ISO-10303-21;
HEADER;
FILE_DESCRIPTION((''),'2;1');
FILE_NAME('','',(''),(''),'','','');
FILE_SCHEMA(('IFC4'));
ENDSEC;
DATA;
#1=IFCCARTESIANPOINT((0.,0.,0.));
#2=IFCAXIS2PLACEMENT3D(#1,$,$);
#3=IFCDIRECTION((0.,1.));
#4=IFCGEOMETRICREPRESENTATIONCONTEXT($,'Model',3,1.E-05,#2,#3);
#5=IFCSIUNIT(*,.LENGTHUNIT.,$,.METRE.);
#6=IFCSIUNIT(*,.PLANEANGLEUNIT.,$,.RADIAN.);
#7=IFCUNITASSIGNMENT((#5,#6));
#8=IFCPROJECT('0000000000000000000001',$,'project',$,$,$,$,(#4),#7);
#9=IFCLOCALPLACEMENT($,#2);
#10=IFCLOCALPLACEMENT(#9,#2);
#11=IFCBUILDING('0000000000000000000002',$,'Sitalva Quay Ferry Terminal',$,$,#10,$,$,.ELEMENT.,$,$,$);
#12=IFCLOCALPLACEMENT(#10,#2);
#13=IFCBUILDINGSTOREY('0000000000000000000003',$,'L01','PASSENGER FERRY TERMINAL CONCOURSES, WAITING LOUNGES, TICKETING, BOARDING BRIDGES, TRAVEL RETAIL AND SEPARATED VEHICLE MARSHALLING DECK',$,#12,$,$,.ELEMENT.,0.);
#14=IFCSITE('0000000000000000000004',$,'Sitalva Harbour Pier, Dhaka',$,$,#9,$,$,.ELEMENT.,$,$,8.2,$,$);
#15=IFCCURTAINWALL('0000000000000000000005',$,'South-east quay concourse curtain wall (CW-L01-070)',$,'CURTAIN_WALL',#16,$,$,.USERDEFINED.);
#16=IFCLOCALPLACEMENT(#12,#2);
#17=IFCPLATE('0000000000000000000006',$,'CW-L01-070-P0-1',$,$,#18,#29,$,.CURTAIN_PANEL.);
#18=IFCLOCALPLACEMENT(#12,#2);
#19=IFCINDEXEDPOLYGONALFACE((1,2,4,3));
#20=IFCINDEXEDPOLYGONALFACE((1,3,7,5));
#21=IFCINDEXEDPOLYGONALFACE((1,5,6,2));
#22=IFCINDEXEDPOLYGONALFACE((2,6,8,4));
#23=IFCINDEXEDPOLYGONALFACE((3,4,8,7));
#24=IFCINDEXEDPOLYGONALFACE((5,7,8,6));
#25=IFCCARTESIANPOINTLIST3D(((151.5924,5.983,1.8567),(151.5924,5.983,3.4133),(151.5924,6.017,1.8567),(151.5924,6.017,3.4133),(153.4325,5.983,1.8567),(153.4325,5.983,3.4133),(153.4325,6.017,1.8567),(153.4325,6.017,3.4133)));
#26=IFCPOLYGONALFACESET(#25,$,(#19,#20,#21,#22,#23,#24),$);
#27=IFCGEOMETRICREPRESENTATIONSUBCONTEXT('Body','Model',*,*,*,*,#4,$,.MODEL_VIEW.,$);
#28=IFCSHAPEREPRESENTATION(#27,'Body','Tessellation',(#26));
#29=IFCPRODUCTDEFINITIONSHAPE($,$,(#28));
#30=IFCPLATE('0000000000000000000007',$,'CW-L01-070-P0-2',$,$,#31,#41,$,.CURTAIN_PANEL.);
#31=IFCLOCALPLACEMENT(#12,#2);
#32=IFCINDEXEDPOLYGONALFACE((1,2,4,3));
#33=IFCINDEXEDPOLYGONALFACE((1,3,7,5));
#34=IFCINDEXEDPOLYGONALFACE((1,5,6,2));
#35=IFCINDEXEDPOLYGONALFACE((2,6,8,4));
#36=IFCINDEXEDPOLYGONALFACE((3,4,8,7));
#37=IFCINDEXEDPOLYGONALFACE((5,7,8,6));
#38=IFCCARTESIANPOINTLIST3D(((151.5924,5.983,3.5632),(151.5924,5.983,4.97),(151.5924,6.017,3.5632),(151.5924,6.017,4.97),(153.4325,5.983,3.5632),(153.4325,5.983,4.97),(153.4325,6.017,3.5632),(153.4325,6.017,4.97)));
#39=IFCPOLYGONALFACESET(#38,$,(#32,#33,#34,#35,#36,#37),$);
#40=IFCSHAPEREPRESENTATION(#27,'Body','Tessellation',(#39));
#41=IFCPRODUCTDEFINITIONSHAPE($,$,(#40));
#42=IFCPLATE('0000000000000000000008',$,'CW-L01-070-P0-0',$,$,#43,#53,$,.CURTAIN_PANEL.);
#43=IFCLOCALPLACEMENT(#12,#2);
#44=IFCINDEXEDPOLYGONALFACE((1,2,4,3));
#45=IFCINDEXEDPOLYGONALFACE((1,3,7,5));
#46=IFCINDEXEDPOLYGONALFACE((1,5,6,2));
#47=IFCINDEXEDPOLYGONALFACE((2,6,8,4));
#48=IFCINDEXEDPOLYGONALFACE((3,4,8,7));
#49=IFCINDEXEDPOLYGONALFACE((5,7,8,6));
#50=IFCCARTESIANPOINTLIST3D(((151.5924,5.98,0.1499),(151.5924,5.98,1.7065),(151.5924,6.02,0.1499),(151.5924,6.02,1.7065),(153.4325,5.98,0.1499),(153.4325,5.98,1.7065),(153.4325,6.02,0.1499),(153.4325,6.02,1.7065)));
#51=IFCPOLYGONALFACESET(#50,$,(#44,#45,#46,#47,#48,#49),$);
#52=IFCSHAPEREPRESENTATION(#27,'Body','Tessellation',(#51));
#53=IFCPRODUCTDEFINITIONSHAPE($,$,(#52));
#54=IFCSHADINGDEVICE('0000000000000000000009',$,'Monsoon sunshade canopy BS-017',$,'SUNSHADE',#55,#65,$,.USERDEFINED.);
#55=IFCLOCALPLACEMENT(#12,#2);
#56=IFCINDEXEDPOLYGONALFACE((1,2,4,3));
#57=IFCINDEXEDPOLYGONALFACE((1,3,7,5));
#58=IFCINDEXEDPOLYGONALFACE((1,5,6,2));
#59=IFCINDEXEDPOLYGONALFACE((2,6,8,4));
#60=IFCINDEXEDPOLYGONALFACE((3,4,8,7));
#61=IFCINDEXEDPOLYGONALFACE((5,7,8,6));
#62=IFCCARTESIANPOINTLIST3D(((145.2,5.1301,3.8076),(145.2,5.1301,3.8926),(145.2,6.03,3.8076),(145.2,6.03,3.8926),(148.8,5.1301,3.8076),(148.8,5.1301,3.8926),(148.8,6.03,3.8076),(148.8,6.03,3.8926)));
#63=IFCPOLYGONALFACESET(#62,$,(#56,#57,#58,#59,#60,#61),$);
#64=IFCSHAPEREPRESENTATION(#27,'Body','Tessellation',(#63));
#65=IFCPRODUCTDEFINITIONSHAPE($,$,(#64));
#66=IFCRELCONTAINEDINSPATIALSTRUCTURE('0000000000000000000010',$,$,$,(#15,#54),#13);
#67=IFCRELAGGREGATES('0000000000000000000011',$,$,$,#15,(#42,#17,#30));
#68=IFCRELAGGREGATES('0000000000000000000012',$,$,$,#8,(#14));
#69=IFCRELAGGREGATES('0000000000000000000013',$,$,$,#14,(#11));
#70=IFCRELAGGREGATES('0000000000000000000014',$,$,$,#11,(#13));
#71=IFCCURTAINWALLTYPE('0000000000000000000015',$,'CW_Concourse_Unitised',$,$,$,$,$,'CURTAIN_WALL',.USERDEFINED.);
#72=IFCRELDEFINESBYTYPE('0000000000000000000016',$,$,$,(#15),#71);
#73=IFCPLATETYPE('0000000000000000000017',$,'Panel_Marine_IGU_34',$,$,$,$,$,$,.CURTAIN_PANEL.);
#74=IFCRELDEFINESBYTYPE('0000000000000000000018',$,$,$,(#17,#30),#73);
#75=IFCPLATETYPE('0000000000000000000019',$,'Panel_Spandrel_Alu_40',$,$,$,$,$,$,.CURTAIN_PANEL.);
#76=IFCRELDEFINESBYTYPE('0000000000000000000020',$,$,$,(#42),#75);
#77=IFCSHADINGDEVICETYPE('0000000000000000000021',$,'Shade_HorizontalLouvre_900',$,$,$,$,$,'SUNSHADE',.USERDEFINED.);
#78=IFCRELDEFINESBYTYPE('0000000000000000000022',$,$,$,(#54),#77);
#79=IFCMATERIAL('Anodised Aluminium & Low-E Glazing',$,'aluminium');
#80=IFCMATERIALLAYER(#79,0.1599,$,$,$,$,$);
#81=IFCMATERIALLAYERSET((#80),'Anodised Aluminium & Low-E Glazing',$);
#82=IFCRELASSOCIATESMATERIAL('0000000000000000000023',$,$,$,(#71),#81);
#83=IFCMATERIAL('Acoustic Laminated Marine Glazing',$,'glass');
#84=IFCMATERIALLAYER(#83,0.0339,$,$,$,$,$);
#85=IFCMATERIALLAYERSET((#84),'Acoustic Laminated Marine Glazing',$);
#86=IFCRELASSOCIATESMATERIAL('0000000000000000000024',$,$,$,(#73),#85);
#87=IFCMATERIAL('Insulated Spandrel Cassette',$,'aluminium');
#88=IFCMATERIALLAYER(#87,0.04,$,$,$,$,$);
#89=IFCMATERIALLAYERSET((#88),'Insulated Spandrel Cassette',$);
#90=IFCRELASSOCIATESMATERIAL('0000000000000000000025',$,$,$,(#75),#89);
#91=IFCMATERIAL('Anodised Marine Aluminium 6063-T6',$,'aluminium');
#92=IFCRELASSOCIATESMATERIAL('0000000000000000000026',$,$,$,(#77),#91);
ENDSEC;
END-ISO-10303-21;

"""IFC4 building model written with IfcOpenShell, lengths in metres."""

from ifc_helpers import new_model, si_unit, direction, frame, origin, origin_2d, place, context, subcontext, project, spatial, rectangle, extrude, material, layer, layer_set, type_object, element, aggregate, save


model = new_model("IFC4")

# Units and contexts
model_context = context("Model", 3, precision=1e-05, world=origin(), true_north=direction((0.0, 1.0)))
body_context = subcontext(model_context, "Body", "Model", "MODEL_VIEW")
ifc_project = project(units=[si_unit("LENGTHUNIT", "METRE"), si_unit("PLANEANGLEUNIT", "RADIAN")], contexts=[model_context])

# Site, building, storey
site_placement = place(None, origin())
site = spatial("IfcSite", under=ifc_project, at=site_placement, Name="Sitalva Harbour Pier, Dhaka", CompositionType="ELEMENT", RefElevation=8.2)
building_placement = place(site_placement, origin())
building = spatial("IfcBuilding", under=site, at=building_placement, Name="Sitalva Quay Ferry Terminal", CompositionType="ELEMENT")
storey_placement = place(building_placement, origin())
storey = spatial("IfcBuildingStorey", under=building, at=storey_placement, Name="L01", Description="PASSENGER FERRY TERMINAL CONCOURSES, WAITING LOUNGES, TICKETING, BOARDING BRIDGES, TRAVEL RETAIL AND SEPARATED VEHICLE MARSHALLING DECK", CompositionType="ELEMENT", Elevation=0.0)

# Curtain wall, plates
ifc_material_1 = material(Name="Anodised Aluminium & Low-E Glazing", Category="aluminium")
ifc_layer_1 = layer(ifc_material_1, 0.1599)
ifc_layer_set_1 = layer_set([ifc_layer_1], Name="Anodised Aluminium & Low-E Glazing")
curtain_wall_type = type_object("IfcCurtainWallType", Name="CW_Concourse_Unitised", ElementType="CURTAIN_WALL", PredefinedType="USERDEFINED", material=ifc_layer_set_1)
curtain_wall_placement = place(storey_placement, origin())
curtain_wall = element("IfcCurtainWall", 1, at=curtain_wall_placement, inside=storey, type_object=curtain_wall_type, Name="South-east quay concourse curtain wall (CW-L01-070)", ObjectType="CURTAIN_WALL", PredefinedType="USERDEFINED")
ifc_material_2 = material(Name="Acoustic Laminated Marine Glazing", Category="glass")
ifc_layer_2 = layer(ifc_material_2, 0.0339)
ifc_layer_set_2 = layer_set([ifc_layer_2], Name="Acoustic Laminated Marine Glazing")
plate_type_1 = type_object("IfcPlateType", Name="Panel_Marine_IGU_34", PredefinedType="CURTAIN_PANEL", material=ifc_layer_set_2)
plate_1_placement = place(storey_placement, frame((152.5125, 6.0, 1.8567), z_axis=(0.0, 0.0, 1.0), x_axis=(1.0, 0.0, 0.0)))
plate_1 = element("IfcPlate", 2, at=plate_1_placement, type_object=plate_type_1, Name="CW-L01-070-P0-1", PredefinedType="CURTAIN_PANEL", context=body_context, shape_type="SweptSolid", body=[
    extrude(rectangle(XDim=1.8401, YDim=0.0339, at=origin_2d()), origin(), (0.0, 0.0, 1.0), 1.5566),
])
plate_2_placement = place(storey_placement, frame((152.5125, 6.0, 3.5632), z_axis=(0.0, 0.0, 1.0), x_axis=(1.0, 0.0, 0.0)))
plate_2 = element("IfcPlate", 3, at=plate_2_placement, type_object=plate_type_1, Name="CW-L01-070-P0-2", PredefinedType="CURTAIN_PANEL", context=body_context, shape_type="SweptSolid", body=[
    extrude(rectangle(XDim=1.8401, YDim=0.0339, at=origin_2d()), origin(), (0.0, 0.0, 1.0), 1.4067),
])
ifc_material_3 = material(Name="Insulated Spandrel Cassette", Category="aluminium")
ifc_layer_3 = layer(ifc_material_3, 0.04)
ifc_layer_set_3 = layer_set([ifc_layer_3], Name="Insulated Spandrel Cassette")
plate_type_2 = type_object("IfcPlateType", Name="Panel_Spandrel_Alu_40", PredefinedType="CURTAIN_PANEL", material=ifc_layer_set_3)
plate_3_placement = place(storey_placement, frame((152.5125, 6.0, 0.1499), z_axis=(0.0, 0.0, 1.0), x_axis=(1.0, 0.0, 0.0)))
plate_3 = element("IfcPlate", 4, at=plate_3_placement, type_object=plate_type_2, Name="CW-L01-070-P0-0", PredefinedType="CURTAIN_PANEL", context=body_context, shape_type="SweptSolid", body=[
    extrude(rectangle(XDim=1.8401, YDim=0.04, at=origin_2d()), origin(), (0.0, 0.0, 1.0), 1.5566),
])
aggregate(curtain_wall, [plate_3, plate_1, plate_2])

# Shading device
ifc_material_4 = material(Name="Anodised Marine Aluminium 6063-T6", Category="aluminium")
shading_device_type = type_object("IfcShadingDeviceType", Name="Shade_HorizontalLouvre_900", ElementType="SUNSHADE", PredefinedType="USERDEFINED", material=ifc_material_4)
shading_device_placement = place(storey_placement, frame((147.0, 5.5801, 3.8076), z_axis=(0.0, 0.0, 1.0), x_axis=(1.0, 0.0, 0.0)))
element("IfcShadingDevice", 5, at=shading_device_placement, inside=storey, type_object=shading_device_type, Name="Monsoon sunshade canopy BS-017", ObjectType="SUNSHADE", PredefinedType="USERDEFINED", context=body_context, shape_type="SweptSolid", body=[
    extrude(rectangle(XDim=3.6001, YDim=0.8999, at=origin_2d()), origin(), (0.0, 0.0, 1.0), 0.085),
])

save(model, "model.ifc")
